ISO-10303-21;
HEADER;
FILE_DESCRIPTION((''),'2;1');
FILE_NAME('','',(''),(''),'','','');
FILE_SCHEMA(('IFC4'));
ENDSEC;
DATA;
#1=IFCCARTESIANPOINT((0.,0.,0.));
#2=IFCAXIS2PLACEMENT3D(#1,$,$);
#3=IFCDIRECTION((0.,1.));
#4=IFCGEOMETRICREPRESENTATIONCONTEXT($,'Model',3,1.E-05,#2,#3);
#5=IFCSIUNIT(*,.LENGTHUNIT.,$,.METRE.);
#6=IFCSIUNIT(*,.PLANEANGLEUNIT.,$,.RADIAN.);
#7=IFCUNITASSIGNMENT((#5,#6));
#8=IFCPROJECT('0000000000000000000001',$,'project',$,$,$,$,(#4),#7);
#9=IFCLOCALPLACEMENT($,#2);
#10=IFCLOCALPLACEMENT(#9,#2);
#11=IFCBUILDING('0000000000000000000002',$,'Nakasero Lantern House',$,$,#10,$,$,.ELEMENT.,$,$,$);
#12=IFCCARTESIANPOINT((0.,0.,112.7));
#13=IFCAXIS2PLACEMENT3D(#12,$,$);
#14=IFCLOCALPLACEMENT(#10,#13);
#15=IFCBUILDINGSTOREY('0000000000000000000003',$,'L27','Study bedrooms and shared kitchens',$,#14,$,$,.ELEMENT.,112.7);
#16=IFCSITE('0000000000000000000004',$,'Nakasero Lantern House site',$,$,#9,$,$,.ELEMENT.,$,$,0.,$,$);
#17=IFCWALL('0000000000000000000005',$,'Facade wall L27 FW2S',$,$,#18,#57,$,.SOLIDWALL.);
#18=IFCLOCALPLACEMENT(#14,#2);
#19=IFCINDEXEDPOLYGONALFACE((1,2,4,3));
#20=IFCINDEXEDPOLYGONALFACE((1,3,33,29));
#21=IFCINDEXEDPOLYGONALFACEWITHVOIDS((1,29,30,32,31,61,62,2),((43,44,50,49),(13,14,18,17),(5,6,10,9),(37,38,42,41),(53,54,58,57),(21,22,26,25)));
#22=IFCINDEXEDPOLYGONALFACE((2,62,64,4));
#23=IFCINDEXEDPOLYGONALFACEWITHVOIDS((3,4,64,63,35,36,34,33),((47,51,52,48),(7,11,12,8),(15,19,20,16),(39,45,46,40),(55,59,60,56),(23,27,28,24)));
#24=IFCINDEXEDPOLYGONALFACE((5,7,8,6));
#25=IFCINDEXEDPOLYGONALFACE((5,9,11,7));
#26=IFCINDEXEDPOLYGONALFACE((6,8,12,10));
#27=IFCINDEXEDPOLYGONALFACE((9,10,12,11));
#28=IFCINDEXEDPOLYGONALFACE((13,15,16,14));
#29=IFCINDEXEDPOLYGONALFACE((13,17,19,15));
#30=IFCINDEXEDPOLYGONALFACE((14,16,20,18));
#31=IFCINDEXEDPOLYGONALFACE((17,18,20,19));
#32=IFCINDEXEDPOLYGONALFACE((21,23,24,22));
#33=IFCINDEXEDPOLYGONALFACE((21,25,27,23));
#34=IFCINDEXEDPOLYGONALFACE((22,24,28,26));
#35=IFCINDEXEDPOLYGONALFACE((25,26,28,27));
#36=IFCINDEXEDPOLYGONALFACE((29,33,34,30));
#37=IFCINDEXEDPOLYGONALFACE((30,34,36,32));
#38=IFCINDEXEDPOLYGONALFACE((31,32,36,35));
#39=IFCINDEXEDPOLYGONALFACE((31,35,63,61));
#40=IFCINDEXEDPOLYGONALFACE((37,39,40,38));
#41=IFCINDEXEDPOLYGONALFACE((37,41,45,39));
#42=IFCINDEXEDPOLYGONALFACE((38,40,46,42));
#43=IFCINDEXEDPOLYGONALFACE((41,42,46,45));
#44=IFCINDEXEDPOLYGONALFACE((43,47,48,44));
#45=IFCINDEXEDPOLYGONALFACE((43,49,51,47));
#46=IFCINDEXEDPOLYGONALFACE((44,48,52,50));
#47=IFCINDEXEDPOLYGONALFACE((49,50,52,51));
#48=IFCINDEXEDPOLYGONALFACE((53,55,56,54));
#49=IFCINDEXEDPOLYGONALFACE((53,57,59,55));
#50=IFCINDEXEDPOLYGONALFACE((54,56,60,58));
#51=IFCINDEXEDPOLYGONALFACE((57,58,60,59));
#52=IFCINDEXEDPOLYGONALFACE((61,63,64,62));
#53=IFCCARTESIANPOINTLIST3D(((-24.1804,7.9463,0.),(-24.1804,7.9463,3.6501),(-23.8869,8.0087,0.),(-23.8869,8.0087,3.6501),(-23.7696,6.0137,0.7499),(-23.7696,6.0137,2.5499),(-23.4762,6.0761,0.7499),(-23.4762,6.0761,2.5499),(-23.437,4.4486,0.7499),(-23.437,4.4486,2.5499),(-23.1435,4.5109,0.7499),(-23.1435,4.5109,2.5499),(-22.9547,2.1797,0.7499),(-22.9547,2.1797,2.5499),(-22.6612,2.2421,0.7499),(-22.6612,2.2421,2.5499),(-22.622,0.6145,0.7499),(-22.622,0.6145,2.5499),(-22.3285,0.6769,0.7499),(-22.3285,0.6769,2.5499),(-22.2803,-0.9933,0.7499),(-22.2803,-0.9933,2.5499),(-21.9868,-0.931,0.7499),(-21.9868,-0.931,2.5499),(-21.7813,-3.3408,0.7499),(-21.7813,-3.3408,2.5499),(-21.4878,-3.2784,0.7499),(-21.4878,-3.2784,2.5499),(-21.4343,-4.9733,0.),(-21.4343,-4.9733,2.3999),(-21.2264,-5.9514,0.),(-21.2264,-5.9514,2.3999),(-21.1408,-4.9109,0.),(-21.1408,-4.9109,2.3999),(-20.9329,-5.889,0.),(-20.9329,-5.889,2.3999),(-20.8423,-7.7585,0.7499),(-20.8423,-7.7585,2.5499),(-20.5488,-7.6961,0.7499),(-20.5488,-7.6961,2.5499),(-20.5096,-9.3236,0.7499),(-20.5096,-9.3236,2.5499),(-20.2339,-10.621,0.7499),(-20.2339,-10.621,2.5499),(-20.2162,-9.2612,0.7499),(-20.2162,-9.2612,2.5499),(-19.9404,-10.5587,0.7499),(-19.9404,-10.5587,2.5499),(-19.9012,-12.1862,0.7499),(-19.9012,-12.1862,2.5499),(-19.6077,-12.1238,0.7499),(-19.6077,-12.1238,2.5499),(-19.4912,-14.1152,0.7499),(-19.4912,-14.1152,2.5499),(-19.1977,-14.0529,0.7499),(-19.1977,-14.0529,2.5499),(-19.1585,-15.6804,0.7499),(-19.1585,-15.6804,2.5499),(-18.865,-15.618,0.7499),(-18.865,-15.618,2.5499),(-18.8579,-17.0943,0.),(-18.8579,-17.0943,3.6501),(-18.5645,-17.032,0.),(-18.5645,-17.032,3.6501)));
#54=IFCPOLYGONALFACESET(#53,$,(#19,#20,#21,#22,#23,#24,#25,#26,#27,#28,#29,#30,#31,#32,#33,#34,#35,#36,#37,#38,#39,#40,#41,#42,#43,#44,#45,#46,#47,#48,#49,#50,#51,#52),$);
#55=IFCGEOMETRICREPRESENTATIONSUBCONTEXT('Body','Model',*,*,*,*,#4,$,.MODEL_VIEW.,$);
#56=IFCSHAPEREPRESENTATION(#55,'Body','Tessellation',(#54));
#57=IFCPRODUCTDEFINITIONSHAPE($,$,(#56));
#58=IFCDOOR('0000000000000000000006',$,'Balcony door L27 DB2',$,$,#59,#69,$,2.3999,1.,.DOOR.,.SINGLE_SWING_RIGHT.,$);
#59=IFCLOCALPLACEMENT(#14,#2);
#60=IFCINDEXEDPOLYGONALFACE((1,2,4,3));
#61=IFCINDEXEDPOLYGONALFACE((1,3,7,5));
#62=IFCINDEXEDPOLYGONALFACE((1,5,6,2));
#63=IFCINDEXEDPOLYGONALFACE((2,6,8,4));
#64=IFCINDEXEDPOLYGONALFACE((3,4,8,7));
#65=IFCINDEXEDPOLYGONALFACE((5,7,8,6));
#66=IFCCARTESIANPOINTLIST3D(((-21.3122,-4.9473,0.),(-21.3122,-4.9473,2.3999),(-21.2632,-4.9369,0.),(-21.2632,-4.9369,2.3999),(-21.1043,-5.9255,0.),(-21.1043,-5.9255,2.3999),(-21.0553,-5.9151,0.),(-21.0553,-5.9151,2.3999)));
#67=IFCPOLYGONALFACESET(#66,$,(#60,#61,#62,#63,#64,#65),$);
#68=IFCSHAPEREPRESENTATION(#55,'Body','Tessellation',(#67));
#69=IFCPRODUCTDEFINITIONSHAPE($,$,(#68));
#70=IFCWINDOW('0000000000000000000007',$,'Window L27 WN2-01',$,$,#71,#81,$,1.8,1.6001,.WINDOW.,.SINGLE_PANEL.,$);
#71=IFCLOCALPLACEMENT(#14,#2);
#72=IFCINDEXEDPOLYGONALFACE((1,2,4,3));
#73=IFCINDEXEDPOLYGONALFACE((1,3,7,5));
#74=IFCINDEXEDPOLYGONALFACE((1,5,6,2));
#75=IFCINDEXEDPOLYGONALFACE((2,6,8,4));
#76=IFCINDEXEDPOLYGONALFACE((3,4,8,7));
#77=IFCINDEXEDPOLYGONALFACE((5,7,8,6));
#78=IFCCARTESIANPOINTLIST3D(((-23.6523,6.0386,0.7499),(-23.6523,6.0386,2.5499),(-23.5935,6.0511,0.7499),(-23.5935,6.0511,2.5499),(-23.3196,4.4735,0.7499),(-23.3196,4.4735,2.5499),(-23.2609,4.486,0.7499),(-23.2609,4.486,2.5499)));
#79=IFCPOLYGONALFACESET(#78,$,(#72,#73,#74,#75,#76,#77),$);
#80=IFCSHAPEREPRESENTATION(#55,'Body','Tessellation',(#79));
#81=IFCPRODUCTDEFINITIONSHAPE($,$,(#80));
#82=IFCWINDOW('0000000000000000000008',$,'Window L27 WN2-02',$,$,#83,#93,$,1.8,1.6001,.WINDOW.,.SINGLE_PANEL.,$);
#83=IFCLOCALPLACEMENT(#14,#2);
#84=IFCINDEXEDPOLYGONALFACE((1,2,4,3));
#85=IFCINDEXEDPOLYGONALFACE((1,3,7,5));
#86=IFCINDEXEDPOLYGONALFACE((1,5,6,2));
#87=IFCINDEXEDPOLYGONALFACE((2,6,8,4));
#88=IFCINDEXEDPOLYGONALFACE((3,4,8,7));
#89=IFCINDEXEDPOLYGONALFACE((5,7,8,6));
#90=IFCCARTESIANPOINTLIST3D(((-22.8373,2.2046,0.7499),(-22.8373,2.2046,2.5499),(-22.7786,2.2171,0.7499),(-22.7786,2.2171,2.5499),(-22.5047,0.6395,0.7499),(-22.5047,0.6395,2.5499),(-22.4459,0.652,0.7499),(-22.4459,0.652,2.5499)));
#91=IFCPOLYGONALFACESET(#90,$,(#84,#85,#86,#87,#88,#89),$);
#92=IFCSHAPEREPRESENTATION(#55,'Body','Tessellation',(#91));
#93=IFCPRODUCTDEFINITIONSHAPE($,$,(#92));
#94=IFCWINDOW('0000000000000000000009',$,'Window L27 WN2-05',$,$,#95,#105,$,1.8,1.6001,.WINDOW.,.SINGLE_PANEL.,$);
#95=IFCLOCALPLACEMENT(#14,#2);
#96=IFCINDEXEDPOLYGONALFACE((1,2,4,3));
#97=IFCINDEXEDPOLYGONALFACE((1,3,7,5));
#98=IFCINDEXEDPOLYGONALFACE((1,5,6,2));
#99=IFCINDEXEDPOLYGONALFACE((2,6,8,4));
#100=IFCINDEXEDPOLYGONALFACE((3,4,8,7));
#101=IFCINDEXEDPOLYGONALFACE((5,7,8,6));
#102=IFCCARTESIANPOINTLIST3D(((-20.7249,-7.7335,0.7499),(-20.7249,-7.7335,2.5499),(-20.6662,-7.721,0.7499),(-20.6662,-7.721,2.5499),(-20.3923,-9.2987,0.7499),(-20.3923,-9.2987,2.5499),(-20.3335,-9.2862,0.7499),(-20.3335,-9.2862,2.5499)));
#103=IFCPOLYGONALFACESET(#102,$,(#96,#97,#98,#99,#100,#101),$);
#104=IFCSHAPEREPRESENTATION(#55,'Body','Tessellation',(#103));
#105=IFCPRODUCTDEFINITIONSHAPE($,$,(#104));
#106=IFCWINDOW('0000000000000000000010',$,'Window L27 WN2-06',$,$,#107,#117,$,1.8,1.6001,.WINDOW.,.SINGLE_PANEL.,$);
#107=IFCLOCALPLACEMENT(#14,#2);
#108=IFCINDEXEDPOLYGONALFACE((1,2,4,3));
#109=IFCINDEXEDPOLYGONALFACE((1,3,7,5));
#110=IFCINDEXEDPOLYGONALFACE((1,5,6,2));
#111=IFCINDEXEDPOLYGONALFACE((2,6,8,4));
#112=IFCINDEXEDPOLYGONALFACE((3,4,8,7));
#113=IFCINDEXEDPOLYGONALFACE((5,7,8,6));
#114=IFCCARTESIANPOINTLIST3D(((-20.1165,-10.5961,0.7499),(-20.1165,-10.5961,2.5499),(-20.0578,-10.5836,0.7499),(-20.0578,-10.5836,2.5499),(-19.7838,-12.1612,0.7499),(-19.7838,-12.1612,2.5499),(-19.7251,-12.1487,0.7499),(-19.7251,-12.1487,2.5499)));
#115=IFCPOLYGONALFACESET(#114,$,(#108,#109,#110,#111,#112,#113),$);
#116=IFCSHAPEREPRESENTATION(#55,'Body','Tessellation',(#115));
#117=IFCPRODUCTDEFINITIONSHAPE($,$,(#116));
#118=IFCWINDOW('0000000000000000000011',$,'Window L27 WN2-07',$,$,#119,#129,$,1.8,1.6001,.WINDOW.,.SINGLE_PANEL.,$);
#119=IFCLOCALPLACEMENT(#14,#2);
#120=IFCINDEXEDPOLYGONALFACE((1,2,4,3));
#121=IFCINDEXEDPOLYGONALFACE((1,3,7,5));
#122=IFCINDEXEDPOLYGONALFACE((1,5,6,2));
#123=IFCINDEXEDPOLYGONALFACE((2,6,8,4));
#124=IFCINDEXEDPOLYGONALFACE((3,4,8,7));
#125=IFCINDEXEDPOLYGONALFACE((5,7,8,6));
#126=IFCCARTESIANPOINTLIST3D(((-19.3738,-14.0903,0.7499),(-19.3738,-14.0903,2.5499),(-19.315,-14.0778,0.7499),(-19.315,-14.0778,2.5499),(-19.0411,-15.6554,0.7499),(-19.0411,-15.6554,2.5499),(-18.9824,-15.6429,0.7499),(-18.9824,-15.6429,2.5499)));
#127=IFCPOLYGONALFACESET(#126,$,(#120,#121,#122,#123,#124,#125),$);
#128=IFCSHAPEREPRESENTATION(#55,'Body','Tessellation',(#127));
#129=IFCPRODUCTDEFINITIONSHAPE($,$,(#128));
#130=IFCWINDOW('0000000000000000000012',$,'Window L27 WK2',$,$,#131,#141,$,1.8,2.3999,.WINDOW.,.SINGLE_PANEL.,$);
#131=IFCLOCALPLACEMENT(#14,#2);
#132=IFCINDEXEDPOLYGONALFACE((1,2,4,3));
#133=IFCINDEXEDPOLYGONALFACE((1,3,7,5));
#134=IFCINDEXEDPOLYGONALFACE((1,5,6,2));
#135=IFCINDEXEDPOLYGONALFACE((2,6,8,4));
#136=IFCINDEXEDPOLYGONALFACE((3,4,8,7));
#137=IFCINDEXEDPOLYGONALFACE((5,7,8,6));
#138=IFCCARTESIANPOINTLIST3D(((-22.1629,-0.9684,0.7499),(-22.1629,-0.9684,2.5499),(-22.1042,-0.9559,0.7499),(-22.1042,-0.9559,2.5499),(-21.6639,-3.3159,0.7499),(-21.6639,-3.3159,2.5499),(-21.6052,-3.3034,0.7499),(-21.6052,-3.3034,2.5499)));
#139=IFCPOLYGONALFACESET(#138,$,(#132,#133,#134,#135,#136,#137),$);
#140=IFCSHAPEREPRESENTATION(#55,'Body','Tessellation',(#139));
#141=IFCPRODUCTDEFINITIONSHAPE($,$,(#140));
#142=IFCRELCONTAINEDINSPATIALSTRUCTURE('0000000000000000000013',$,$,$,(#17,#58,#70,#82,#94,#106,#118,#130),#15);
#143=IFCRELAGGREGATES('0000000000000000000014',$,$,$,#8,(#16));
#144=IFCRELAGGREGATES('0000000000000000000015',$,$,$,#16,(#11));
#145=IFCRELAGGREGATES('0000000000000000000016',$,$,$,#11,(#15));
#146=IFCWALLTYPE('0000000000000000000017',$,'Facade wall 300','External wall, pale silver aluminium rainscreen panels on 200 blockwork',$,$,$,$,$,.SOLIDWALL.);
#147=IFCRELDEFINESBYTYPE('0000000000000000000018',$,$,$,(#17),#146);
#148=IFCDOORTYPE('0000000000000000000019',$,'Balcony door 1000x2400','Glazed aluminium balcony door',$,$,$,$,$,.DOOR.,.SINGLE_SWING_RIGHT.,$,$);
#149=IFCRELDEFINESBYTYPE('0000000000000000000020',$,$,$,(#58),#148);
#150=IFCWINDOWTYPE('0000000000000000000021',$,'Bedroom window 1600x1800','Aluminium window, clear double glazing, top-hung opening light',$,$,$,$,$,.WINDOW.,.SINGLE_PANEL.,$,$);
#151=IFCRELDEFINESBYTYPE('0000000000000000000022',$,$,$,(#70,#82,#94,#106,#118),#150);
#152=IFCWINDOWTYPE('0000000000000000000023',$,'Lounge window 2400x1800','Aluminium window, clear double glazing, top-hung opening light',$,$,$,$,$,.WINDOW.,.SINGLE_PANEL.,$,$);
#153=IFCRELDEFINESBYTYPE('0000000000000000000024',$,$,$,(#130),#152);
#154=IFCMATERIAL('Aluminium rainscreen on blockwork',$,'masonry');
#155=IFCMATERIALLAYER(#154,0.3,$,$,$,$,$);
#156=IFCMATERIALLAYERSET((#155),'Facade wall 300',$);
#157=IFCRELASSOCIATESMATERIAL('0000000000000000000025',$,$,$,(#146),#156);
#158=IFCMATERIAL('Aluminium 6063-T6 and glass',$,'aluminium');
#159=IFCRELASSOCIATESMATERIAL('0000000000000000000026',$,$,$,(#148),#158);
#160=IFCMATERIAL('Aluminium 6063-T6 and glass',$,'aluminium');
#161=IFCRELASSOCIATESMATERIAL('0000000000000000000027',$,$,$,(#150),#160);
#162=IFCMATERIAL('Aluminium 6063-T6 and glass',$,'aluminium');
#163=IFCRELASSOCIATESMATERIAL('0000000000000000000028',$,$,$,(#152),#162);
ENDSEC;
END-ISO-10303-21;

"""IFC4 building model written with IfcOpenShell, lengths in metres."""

from ifc_helpers import new_model, si_unit, direction, frame, frame_2d, origin, place, context, subcontext, project, spatial, rectangle, extrude, material, layer, layer_set, type_object, element, fill, save


model = new_model("IFC4")

# Units and contexts
model_context = context("Model", 3, precision=1e-05, world=origin(), true_north=direction((0.0, 1.0)))
body_context = subcontext(model_context, "Body", "Model", "MODEL_VIEW")
ifc_project = project(units=[si_unit("LENGTHUNIT", "METRE"), si_unit("PLANEANGLEUNIT", "RADIAN")], contexts=[model_context])

# Site, building, storey
site_placement = place(None, origin())
site = spatial("IfcSite", under=ifc_project, at=site_placement, Name="Nakasero Lantern House site", CompositionType="ELEMENT", RefElevation=0.0)
building_placement = place(site_placement, origin())
building = spatial("IfcBuilding", under=site, at=building_placement, Name="Nakasero Lantern House", CompositionType="ELEMENT")
storey_placement = place(building_placement, frame((0.0, 0.0, 112.7)))
storey = spatial("IfcBuildingStorey", under=building, at=storey_placement, Name="L27", Description="Study bedrooms and shared kitchens", CompositionType="ELEMENT", Elevation=112.7)

# Wall, openings, door, windows
ifc_material_1 = material(Name="Aluminium rainscreen on blockwork", Category="masonry")
ifc_layer_1 = layer(ifc_material_1, 0.3)
ifc_layer_set_1 = layer_set([ifc_layer_1], Name="Facade wall 300")
wall_type_1 = type_object("IfcWallType", Name="Facade wall 300", Description="External wall, pale silver aluminium rainscreen panels on 200 blockwork", PredefinedType="SOLIDWALL", material=ifc_layer_set_1)
wall_1_placement = place(storey_placement, frame((-24.0337, 7.9775, 0.0), z_axis=(0.0, 0.0, 1.0), x_axis=(0.207909, -0.978148, 0.0)))
wall_1 = element("IfcWall", 1, at=wall_1_placement, inside=storey, type_object=wall_type_1, Name="Facade wall L27 FW2S", PredefinedType="SOLIDWALL", context=body_context, shape_type="SweptSolid", body=[
    extrude(rectangle(XDim=25.6001, YDim=0.3, at=frame_2d((12.8, 0.0))), origin(), (0.0, 0.0, 1.0), 3.6501),
])
opening_1_placement = place(wall_1_placement, frame((1.9758, 0.0, 0.75)))
opening_1 = element("IfcOpeningElement", 2, at=opening_1_placement, cuts=wall_1, PredefinedType="OPENING", context=body_context, shape_type="SweptSolid", body=[
    extrude(rectangle(XDim=1.6001, YDim=1.8, at=frame_2d((0.8, 0.8999))), frame((0.0, 0.1699, 0.0), z_axis=(0.0, -1.0, 0.0), x_axis=(1.0, 0.0, 0.0)), (0.0, 0.0, 1.0), 0.3401),
])
opening_2_placement = place(wall_1_placement, frame((5.8955, 0.0, 0.75)))
opening_2 = element("IfcOpeningElement", 3, at=opening_2_placement, cuts=wall_1, PredefinedType="OPENING", context=body_context, shape_type="SweptSolid", body=[
    extrude(rectangle(XDim=1.6001, YDim=1.8, at=frame_2d((0.8, 0.8999))), frame((0.0, 0.1699, 0.0), z_axis=(0.0, -1.0, 0.0), x_axis=(1.0, 0.0, 0.0)), (0.0, 0.0, 1.0), 0.3401),
])
opening_3_placement = place(wall_1_placement, frame((16.0557, 0.0, 0.75)))
opening_3 = element("IfcOpeningElement", 4, at=opening_3_placement, cuts=wall_1, PredefinedType="OPENING", context=body_context, shape_type="SweptSolid", body=[
    extrude(rectangle(XDim=1.6001, YDim=1.8, at=frame_2d((0.8, 0.8999))), frame((0.0, 0.1699, 0.0), z_axis=(0.0, -1.0, 0.0), x_axis=(1.0, 0.0, 0.0)), (0.0, 0.0, 1.0), 0.3401),
])
opening_4_placement = place(wall_1_placement, frame((18.9822, 0.0, 0.75)))
opening_4 = element("IfcOpeningElement", 5, at=opening_4_placement, cuts=wall_1, PredefinedType="OPENING", context=body_context, shape_type="SweptSolid", body=[
    extrude(rectangle(XDim=1.6001, YDim=1.8, at=frame_2d((0.8, 0.8999))), frame((0.0, 0.1699, 0.0), z_axis=(0.0, -1.0, 0.0), x_axis=(1.0, 0.0, 0.0)), (0.0, 0.0, 1.0), 0.3401),
])
opening_5_placement = place(wall_1_placement, frame((22.5544, 0.0, 0.75)))
opening_5 = element("IfcOpeningElement", 6, at=opening_5_placement, cuts=wall_1, PredefinedType="OPENING", context=body_context, shape_type="SweptSolid", body=[
    extrude(rectangle(XDim=1.6001, YDim=1.8, at=frame_2d((0.8, 0.8999))), frame((0.0, 0.1699, 0.0), z_axis=(0.0, -1.0, 0.0), x_axis=(1.0, 0.0, 0.0)), (0.0, 0.0, 1.0), 0.3401),
])
opening_6_placement = place(wall_1_placement, frame((9.1394, 0.0, 0.75)))
opening_6 = element("IfcOpeningElement", 7, at=opening_6_placement, cuts=wall_1, PredefinedType="OPENING", context=body_context, shape_type="SweptSolid", body=[
    extrude(rectangle(XDim=2.3999, YDim=1.8, at=frame_2d((1.2, 0.8999))), frame((0.0, 0.1699, 0.0), z_axis=(0.0, -1.0, 0.0), x_axis=(1.0, 0.0, 0.0)), (0.0, 0.0, 1.0), 0.3401),
])
opening_7_placement = place(wall_1_placement, frame((13.2083, 0.0, 0.0)))
opening_7 = element("IfcOpeningElement", 8, at=opening_7_placement, cuts=wall_1, PredefinedType="OPENING", context=body_context, shape_type="SweptSolid", body=[
    extrude(rectangle(XDim=1.0, YDim=2.3999, at=frame_2d((0.5, 1.2))), frame((0.0, 0.1699, 0.0), z_axis=(0.0, -1.0, 0.0), x_axis=(1.0, 0.0, 0.0)), (0.0, 0.0, 1.0), 0.3401),
])
ifc_material_2 = material(Name="Aluminium 6063-T6 and glass", Category="aluminium")
door_type_1 = type_object("IfcDoorType", Name="Balcony door 1000x2400", Description="Glazed aluminium balcony door", OperationType="SINGLE_SWING_RIGHT", PredefinedType="DOOR", material=ifc_material_2)
door_1_placement = place(opening_7_placement, origin())
door_1 = element("IfcDoor", 9, at=door_1_placement, inside=storey, type_object=door_type_1, Name="Balcony door L27 DB2", OperationType="SINGLE_SWING_RIGHT", OverallHeight=2.3999, OverallWidth=1.0, PredefinedType="DOOR", context=body_context, shape_type="SweptSolid", body=[
    extrude(rectangle(XDim=1.0, YDim=2.3999, at=frame_2d((0.5, 1.2))), frame((0.0, 0.0249, 0.0), z_axis=(0.0, -1.0, 0.0), x_axis=(1.0, 0.0, 0.0)), (0.0, 0.0, 1.0), 0.05),
])
fill(opening_7, door_1)
ifc_material_3 = material(Name="Aluminium 6063-T6 and glass", Category="aluminium")
window_type_1 = type_object("IfcWindowType", Name="Bedroom window 1600x1800", Description="Aluminium window, clear double glazing, top-hung opening light", PartitioningType="SINGLE_PANEL", PredefinedType="WINDOW", material=ifc_material_3)
window_1_placement = place(opening_1_placement, origin())
window_1 = element("IfcWindow", 10, at=window_1_placement, inside=storey, type_object=window_type_1, Name="Window L27 WN2-01", OverallHeight=1.8, OverallWidth=1.6001, PartitioningType="SINGLE_PANEL", PredefinedType="WINDOW", context=body_context, shape_type="SweptSolid", body=[
    extrude(rectangle(XDim=1.6001, YDim=1.8, at=frame_2d((0.8, 0.8999))), frame((0.0, 0.03, 0.0), z_axis=(0.0, -1.0, 0.0), x_axis=(1.0, 0.0, 0.0)), (0.0, 0.0, 1.0), 0.0601),
])
fill(opening_1, window_1)
window_2_placement = place(opening_2_placement, origin())
window_2 = element("IfcWindow", 11, at=window_2_placement, inside=storey, type_object=window_type_1, Name="Window L27 WN2-02", OverallHeight=1.8, OverallWidth=1.6001, PartitioningType="SINGLE_PANEL", PredefinedType="WINDOW", context=body_context, shape_type="SweptSolid", body=[
    extrude(rectangle(XDim=1.6001, YDim=1.8, at=frame_2d((0.8, 0.8999))), frame((0.0, 0.03, 0.0), z_axis=(0.0, -1.0, 0.0), x_axis=(1.0, 0.0, 0.0)), (0.0, 0.0, 1.0), 0.0601),
])
fill(opening_2, window_2)
window_3_placement = place(opening_3_placement, origin())
window_3 = element("IfcWindow", 12, at=window_3_placement, inside=storey, type_object=window_type_1, Name="Window L27 WN2-05", OverallHeight=1.8, OverallWidth=1.6001, PartitioningType="SINGLE_PANEL", PredefinedType="WINDOW", context=body_context, shape_type="SweptSolid", body=[
    extrude(rectangle(XDim=1.6001, YDim=1.8, at=frame_2d((0.8, 0.8999))), frame((0.0, 0.03, 0.0), z_axis=(0.0, -1.0, 0.0), x_axis=(1.0, 0.0, 0.0)), (0.0, 0.0, 1.0), 0.0601),
])
fill(opening_3, window_3)
window_4_placement = place(opening_4_placement, origin())
window_4 = element("IfcWindow", 13, at=window_4_placement, inside=storey, type_object=window_type_1, Name="Window L27 WN2-06", OverallHeight=1.8, OverallWidth=1.6001, PartitioningType="SINGLE_PANEL", PredefinedType="WINDOW", context=body_context, shape_type="SweptSolid", body=[
    extrude(rectangle(XDim=1.6001, YDim=1.8, at=frame_2d((0.8, 0.8999))), frame((0.0, 0.03, 0.0), z_axis=(0.0, -1.0, 0.0), x_axis=(1.0, 0.0, 0.0)), (0.0, 0.0, 1.0), 0.0601),
])
fill(opening_4, window_4)
window_5_placement = place(opening_5_placement, origin())
window_5 = element("IfcWindow", 14, at=window_5_placement, inside=storey, type_object=window_type_1, Name="Window L27 WN2-07", OverallHeight=1.8, OverallWidth=1.6001, PartitioningType="SINGLE_PANEL", PredefinedType="WINDOW", context=body_context, shape_type="SweptSolid", body=[
    extrude(rectangle(XDim=1.6001, YDim=1.8, at=frame_2d((0.8, 0.8999))), frame((0.0, 0.03, 0.0), z_axis=(0.0, -1.0, 0.0), x_axis=(1.0, 0.0, 0.0)), (0.0, 0.0, 1.0), 0.0601),
])
fill(opening_5, window_5)
ifc_material_4 = material(Name="Aluminium 6063-T6 and glass", Category="aluminium")
window_type_2 = type_object("IfcWindowType", Name="Lounge window 2400x1800", Description="Aluminium window, clear double glazing, top-hung opening light", PartitioningType="SINGLE_PANEL", PredefinedType="WINDOW", material=ifc_material_4)
window_6_placement = place(opening_6_placement, origin())
window_6 = element("IfcWindow", 15, at=window_6_placement, inside=storey, type_object=window_type_2, Name="Window L27 WK2", OverallHeight=1.8, OverallWidth=2.3999, PartitioningType="SINGLE_PANEL", PredefinedType="WINDOW", context=body_context, shape_type="SweptSolid", body=[
    extrude(rectangle(XDim=2.3999, YDim=1.8, at=frame_2d((1.2, 0.8999))), frame((0.0, 0.03, 0.0), z_axis=(0.0, -1.0, 0.0), x_axis=(1.0, 0.0, 0.0)), (0.0, 0.0, 1.0), 0.0601),
])
fill(opening_6, window_6)

save(model, "model.ifc")
